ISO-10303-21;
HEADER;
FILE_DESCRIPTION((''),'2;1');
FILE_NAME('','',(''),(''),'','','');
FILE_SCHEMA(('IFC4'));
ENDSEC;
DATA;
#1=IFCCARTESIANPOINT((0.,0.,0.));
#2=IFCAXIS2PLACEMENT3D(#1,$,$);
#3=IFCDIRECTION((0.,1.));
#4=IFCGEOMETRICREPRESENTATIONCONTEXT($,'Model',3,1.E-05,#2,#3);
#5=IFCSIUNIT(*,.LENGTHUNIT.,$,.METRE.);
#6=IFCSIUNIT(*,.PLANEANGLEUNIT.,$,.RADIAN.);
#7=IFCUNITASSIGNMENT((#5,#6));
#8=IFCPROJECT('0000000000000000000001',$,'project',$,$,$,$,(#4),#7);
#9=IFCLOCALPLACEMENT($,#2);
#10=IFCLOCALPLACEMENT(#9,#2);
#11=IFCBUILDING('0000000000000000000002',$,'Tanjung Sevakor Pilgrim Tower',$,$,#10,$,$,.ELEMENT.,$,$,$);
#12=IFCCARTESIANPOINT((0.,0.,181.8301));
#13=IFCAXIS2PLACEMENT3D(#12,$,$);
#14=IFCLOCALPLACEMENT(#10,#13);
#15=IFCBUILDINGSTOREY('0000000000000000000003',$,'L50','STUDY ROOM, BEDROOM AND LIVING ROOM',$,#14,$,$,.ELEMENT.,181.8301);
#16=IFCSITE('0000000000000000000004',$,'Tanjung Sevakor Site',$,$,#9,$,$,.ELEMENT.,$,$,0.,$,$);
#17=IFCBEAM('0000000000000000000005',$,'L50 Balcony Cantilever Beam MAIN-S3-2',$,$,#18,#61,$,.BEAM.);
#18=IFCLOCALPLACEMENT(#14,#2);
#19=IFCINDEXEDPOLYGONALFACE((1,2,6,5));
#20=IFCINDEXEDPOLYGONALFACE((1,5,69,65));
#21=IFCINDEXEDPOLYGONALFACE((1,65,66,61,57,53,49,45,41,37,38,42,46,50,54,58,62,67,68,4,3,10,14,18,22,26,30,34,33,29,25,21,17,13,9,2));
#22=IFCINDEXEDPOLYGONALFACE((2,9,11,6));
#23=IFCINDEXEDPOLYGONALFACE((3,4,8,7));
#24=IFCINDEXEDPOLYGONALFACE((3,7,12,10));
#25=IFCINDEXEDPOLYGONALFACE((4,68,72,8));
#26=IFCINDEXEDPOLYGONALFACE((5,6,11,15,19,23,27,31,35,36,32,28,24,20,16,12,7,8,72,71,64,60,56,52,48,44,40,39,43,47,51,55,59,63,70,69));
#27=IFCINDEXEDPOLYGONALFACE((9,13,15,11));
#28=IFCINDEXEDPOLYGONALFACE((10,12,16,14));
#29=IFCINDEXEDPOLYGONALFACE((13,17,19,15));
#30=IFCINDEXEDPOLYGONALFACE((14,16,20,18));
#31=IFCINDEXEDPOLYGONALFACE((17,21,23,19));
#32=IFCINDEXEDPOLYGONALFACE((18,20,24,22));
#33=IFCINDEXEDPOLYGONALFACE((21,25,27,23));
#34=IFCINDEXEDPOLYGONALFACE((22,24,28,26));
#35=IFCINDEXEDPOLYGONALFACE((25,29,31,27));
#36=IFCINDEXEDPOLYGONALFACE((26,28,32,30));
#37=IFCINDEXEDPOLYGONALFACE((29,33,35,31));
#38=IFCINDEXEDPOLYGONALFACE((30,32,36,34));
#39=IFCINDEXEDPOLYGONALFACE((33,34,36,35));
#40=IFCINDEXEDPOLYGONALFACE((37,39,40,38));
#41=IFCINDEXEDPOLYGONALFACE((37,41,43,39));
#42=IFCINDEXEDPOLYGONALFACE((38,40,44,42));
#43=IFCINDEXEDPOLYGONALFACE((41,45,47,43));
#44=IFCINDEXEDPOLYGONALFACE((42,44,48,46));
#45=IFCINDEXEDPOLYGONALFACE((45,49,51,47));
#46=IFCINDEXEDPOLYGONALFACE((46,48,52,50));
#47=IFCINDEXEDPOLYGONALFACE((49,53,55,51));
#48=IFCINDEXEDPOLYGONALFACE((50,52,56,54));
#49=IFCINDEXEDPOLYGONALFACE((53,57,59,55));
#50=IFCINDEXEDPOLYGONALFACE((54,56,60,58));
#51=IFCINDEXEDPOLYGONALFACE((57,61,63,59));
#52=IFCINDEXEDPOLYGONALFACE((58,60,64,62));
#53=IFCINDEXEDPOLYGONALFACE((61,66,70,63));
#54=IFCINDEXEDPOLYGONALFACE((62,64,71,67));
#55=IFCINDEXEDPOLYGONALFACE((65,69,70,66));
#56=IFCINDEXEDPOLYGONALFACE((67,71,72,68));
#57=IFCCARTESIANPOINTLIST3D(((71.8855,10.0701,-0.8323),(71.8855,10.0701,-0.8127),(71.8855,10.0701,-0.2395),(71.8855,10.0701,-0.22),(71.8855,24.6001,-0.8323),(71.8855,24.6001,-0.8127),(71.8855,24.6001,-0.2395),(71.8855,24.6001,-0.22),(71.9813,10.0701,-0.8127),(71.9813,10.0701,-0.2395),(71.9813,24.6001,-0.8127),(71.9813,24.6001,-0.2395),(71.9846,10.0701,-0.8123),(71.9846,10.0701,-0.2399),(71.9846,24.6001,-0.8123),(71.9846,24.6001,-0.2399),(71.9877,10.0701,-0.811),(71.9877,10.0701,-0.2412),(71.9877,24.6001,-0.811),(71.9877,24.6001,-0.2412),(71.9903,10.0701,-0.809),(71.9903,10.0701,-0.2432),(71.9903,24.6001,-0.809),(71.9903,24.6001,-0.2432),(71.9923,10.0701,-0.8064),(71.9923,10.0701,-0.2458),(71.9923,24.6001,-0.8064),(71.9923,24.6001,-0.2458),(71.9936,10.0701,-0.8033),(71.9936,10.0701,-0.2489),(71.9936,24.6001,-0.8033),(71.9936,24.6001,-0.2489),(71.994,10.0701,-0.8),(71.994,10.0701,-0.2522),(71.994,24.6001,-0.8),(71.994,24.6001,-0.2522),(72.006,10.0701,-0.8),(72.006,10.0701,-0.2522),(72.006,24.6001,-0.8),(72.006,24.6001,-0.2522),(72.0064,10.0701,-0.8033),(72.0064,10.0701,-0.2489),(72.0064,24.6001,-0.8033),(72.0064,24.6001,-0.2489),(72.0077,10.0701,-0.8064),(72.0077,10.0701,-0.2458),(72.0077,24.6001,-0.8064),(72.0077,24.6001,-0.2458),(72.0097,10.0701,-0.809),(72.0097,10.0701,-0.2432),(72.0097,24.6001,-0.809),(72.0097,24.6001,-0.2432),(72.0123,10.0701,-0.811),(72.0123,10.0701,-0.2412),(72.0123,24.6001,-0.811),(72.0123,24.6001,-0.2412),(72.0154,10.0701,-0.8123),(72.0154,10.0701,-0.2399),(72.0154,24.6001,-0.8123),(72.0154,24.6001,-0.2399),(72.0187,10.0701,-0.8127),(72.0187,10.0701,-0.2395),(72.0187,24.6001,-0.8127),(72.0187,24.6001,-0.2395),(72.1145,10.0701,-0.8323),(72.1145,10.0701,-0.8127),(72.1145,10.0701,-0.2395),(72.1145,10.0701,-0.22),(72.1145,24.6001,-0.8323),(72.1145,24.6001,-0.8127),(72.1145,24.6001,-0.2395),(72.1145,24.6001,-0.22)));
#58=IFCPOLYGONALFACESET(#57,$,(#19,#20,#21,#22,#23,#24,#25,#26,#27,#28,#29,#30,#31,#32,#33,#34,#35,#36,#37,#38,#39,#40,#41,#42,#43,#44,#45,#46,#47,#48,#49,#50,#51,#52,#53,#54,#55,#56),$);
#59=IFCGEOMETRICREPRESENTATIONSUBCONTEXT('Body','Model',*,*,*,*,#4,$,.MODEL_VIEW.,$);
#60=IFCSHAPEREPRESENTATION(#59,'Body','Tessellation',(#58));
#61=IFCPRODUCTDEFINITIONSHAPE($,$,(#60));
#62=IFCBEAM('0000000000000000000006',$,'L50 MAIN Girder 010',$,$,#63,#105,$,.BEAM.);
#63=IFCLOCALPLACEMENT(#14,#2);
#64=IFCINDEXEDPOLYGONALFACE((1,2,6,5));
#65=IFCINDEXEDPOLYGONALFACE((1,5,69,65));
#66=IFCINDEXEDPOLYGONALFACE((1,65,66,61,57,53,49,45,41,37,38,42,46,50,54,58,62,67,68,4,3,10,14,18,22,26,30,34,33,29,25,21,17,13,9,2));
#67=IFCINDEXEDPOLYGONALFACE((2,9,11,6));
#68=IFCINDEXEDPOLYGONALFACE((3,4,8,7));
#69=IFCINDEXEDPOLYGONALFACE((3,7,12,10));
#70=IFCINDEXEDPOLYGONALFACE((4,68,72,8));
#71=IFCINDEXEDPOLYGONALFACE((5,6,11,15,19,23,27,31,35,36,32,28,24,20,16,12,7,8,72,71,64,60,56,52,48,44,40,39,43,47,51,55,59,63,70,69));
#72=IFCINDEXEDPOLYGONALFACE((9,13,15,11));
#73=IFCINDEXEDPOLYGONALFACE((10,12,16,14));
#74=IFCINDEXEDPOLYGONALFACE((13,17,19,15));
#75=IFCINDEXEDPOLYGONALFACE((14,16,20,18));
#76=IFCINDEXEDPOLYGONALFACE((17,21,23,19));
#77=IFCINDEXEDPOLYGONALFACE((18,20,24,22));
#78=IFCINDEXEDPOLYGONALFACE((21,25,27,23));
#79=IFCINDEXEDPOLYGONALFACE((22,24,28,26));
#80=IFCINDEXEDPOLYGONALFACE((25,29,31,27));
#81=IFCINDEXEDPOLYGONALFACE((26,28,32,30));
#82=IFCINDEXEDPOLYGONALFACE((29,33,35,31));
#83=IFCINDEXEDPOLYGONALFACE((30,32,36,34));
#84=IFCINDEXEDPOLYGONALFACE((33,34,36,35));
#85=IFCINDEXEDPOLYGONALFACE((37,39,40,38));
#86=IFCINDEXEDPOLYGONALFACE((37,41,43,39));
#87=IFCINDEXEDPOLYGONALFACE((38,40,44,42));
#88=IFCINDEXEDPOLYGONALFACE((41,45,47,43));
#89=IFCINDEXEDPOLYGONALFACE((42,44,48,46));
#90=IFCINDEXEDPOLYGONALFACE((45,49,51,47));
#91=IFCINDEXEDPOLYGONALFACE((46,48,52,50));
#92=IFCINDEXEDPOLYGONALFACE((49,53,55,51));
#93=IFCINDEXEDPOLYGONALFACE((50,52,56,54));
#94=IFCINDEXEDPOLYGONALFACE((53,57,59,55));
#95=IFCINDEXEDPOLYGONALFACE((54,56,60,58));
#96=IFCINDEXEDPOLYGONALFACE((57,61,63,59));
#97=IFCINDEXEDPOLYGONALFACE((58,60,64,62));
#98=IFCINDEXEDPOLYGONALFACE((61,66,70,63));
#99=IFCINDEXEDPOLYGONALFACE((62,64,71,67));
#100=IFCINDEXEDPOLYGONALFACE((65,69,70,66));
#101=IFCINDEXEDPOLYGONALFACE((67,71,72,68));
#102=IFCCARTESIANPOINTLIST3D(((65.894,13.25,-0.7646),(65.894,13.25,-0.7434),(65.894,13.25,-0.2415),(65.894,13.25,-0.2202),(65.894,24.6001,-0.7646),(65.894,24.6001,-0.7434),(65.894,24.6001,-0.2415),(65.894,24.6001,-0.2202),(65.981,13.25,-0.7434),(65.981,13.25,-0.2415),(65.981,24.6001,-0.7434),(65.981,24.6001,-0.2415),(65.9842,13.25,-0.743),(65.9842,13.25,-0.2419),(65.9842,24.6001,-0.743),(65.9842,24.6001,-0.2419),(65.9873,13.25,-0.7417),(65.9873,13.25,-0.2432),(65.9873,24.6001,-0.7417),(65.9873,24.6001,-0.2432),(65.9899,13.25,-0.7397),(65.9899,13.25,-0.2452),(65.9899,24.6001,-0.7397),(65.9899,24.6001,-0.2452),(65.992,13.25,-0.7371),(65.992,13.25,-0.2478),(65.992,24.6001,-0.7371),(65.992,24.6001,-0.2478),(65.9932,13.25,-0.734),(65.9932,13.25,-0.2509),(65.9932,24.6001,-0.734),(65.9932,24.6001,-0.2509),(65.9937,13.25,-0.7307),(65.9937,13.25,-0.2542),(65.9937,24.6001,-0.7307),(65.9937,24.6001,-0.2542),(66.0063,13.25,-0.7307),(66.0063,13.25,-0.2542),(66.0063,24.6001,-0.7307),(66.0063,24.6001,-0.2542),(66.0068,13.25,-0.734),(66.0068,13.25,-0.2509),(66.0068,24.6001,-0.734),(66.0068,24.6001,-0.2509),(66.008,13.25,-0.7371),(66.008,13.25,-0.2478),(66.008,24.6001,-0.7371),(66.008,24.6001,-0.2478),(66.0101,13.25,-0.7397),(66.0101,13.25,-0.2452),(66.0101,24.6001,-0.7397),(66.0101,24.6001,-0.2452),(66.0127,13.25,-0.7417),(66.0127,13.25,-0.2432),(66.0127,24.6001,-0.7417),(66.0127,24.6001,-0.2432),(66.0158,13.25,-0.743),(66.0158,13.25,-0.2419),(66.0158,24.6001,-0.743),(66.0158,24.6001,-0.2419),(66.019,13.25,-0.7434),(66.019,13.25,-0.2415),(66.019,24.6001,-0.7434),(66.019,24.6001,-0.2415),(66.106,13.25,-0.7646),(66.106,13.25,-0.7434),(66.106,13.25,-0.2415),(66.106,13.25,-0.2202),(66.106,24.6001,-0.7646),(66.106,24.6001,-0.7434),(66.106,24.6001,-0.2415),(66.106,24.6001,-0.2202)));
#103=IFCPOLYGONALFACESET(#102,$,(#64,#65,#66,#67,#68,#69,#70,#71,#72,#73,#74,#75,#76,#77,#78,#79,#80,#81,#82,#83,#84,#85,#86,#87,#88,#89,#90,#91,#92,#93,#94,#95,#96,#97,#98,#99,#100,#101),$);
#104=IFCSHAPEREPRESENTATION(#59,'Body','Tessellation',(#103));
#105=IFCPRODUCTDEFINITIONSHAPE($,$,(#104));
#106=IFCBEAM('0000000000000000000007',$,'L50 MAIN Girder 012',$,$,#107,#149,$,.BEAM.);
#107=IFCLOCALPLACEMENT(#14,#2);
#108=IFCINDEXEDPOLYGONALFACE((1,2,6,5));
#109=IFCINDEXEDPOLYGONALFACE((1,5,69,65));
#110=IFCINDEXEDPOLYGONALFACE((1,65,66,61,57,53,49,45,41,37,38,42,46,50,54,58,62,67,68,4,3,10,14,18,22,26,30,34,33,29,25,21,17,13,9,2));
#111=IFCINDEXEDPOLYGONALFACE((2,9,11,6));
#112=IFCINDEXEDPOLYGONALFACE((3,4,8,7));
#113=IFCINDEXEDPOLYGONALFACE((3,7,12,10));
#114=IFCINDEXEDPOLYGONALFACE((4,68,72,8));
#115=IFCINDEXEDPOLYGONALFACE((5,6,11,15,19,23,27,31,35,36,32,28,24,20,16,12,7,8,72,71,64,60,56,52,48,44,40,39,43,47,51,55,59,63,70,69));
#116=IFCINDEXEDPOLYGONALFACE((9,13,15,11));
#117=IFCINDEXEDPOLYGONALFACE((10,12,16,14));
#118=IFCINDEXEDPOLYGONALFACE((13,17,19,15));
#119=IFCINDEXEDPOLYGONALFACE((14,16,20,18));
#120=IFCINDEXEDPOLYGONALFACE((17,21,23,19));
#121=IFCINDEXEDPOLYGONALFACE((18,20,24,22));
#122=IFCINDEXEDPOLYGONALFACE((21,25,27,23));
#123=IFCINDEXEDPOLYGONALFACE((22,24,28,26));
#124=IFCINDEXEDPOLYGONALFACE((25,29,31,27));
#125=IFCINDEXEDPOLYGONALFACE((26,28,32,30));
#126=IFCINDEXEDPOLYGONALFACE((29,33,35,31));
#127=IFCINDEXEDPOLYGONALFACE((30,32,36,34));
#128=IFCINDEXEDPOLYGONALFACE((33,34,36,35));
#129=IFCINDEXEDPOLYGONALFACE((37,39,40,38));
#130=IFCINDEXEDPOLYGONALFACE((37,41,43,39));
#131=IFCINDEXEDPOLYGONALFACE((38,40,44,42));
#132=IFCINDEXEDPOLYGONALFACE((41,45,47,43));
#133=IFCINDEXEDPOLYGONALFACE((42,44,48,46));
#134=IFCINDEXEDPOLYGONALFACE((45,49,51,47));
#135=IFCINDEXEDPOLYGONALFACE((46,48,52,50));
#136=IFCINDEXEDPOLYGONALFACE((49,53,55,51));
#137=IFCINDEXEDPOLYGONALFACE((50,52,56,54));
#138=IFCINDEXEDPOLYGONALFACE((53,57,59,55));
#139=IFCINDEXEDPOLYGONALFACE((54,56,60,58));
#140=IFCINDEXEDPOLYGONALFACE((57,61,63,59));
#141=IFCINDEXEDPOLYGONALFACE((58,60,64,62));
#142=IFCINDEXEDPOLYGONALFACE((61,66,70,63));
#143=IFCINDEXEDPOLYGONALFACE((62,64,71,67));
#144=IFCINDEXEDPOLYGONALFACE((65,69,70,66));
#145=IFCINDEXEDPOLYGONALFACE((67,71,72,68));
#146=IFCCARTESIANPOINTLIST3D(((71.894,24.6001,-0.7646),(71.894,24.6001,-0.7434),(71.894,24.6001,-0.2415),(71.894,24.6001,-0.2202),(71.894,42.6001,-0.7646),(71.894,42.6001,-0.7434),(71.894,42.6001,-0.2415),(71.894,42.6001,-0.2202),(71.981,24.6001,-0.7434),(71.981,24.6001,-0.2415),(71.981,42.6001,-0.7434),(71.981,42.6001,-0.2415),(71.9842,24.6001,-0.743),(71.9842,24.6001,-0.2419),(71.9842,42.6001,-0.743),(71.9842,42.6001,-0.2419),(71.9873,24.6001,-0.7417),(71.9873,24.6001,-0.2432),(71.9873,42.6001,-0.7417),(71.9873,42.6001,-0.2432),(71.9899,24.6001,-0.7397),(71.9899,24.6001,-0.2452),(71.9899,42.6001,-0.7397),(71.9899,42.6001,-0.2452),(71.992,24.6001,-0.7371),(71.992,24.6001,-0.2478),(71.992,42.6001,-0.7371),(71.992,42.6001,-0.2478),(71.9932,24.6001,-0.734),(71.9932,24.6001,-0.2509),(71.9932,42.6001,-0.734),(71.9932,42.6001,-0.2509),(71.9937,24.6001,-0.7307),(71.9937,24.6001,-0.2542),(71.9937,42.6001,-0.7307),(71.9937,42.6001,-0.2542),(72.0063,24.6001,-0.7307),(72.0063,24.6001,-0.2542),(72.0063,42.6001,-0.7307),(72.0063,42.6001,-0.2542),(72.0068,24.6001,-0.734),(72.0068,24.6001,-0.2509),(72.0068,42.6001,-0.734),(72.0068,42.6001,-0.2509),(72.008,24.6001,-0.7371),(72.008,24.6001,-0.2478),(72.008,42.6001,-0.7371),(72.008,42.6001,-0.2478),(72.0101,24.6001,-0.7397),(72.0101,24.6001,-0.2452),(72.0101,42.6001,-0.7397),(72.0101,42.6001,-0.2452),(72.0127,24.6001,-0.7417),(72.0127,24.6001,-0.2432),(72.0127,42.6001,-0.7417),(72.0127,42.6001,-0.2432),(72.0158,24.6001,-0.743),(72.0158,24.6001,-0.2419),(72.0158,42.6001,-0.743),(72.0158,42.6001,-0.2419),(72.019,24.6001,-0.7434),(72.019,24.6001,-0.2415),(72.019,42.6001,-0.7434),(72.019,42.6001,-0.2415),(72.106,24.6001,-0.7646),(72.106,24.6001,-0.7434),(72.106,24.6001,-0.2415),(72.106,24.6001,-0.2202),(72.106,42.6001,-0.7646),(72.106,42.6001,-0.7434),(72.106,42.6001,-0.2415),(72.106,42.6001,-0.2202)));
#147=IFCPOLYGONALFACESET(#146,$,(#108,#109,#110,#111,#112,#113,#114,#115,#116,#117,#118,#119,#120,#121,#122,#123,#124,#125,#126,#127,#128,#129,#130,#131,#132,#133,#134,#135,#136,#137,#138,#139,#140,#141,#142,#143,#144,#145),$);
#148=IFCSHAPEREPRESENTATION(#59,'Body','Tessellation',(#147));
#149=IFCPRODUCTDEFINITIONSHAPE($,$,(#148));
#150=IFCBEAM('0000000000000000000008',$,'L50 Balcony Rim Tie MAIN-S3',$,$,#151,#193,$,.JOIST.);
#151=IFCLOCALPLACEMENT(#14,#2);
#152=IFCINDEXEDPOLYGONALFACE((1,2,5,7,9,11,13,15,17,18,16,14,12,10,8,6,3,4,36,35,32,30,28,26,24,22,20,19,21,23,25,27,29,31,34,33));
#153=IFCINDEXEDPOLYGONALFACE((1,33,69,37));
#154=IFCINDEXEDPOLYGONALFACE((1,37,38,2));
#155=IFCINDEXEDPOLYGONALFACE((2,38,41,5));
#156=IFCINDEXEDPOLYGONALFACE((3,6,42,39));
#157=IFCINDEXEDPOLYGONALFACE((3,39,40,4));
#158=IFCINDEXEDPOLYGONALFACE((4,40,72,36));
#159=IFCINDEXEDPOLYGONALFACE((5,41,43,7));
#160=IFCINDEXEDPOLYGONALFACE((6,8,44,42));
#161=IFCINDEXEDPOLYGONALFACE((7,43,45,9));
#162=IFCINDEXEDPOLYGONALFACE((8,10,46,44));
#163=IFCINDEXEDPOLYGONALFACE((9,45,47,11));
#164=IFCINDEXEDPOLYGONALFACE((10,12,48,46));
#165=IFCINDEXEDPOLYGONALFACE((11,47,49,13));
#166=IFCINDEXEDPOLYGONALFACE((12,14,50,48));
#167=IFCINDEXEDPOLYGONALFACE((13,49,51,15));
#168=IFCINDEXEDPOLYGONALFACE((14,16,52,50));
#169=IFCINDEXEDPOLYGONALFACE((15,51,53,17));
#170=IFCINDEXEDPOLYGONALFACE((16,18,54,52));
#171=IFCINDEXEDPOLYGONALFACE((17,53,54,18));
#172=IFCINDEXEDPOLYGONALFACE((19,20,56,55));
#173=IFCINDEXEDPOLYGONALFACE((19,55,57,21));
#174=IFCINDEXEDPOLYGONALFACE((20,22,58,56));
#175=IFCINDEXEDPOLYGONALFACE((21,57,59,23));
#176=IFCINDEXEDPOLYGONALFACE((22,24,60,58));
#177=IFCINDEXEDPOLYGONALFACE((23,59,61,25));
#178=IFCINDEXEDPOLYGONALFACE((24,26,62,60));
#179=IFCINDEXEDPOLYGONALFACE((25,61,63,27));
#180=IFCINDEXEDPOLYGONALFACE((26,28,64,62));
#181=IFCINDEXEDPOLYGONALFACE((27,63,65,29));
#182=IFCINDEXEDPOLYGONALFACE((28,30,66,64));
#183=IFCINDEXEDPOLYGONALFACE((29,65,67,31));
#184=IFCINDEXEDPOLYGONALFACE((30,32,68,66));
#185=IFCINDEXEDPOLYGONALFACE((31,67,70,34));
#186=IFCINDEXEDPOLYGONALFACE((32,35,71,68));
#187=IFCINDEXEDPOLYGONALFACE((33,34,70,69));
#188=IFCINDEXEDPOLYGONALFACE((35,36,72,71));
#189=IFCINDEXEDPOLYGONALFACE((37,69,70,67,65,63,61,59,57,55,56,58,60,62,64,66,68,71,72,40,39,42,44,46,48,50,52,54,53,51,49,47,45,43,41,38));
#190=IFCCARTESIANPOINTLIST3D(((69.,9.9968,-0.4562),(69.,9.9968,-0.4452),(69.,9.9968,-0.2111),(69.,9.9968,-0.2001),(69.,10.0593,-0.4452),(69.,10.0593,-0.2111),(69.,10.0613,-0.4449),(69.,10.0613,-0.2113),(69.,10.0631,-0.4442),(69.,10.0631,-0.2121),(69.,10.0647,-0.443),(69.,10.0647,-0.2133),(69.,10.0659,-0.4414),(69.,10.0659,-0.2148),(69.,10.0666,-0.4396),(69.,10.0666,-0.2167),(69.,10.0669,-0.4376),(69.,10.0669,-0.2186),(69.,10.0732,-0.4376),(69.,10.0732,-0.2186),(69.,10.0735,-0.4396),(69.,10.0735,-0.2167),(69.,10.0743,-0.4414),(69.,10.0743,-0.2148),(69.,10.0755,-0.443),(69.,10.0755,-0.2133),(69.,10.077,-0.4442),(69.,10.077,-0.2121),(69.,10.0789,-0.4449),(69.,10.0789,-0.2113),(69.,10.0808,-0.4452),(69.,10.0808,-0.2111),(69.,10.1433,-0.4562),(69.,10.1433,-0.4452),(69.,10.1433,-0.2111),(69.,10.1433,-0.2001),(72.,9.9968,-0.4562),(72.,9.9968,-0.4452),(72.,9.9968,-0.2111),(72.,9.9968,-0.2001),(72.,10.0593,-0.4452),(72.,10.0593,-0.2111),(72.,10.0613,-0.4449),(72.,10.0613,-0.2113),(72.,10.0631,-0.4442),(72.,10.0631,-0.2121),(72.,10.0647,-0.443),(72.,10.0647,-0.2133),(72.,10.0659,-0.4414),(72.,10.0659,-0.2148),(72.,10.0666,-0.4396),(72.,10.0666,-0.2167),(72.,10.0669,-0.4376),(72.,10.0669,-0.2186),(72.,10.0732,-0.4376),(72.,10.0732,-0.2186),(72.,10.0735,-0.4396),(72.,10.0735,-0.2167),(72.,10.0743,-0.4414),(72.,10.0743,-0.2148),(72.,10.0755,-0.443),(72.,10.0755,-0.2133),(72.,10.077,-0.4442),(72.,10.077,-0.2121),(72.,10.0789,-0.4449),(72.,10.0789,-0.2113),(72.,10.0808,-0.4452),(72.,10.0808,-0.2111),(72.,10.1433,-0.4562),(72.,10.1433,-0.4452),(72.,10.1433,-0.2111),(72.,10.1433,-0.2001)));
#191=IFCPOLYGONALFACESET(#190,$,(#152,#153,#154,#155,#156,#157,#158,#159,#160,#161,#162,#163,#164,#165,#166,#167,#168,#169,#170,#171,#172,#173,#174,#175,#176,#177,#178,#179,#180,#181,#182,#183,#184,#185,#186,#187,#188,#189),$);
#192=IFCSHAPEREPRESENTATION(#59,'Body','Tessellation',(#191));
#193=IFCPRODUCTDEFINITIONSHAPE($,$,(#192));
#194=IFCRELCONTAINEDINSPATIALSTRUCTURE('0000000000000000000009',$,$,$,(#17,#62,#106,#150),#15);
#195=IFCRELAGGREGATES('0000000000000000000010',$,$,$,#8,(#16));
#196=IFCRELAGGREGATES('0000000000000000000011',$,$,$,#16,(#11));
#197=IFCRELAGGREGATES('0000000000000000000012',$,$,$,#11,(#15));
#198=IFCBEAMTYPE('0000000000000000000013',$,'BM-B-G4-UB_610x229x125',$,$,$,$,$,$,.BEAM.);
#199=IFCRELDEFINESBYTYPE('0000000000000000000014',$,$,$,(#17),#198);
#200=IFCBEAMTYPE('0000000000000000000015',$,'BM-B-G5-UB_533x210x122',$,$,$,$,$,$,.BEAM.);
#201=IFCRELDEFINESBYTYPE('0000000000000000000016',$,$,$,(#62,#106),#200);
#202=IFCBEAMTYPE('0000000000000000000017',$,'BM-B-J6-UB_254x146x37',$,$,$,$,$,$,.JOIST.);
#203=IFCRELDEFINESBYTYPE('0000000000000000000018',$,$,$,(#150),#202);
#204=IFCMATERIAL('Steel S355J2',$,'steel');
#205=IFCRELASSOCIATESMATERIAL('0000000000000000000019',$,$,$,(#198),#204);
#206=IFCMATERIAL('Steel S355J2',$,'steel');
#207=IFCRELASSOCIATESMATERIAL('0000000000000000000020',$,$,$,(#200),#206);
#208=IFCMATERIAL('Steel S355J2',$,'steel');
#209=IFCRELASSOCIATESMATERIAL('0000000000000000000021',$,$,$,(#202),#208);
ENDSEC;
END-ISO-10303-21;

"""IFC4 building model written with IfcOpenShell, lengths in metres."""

from ifc_helpers import new_model, si_unit, direction, frame, origin, origin_2d, place, context, subcontext, project, spatial, i_section, extrude, material, material_profile, profile_set, type_object, element, save


model = new_model("IFC4")

# Units and contexts
model_context = context("Model", 3, precision=1e-05, world=origin(), true_north=direction((0.0, 1.0)))
body_context = subcontext(model_context, "Body", "Model", "MODEL_VIEW")
ifc_project = project(units=[si_unit("LENGTHUNIT", "METRE"), si_unit("PLANEANGLEUNIT", "RADIAN")], contexts=[model_context])

# Site, building, storey
site_placement = place(None, origin())
site = spatial("IfcSite", under=ifc_project, at=site_placement, Name="Tanjung Sevakor Site", CompositionType="ELEMENT", RefElevation=0.0)
building_placement = place(site_placement, origin())
building = spatial("IfcBuilding", under=site, at=building_placement, Name="Tanjung Sevakor Pilgrim Tower", CompositionType="ELEMENT")
storey_placement = place(building_placement, frame((0.0, 0.0, 181.8301)))
storey = spatial("IfcBuildingStorey", under=building, at=storey_placement, Name="L50", Description="STUDY ROOM, BEDROOM AND LIVING ROOM", CompositionType="ELEMENT", Elevation=181.8301)

# Beams
ifc_material_1 = material(Name="Steel S355J2", Category="steel")
ifc_material_profile_1 = material_profile(ifc_material_1, i_section(OverallWidth=0.229, OverallDepth=0.6123, WebThickness=0.012, FlangeThickness=0.0195, FilletRadius=0.0127, at=origin_2d()))
ifc_profile_set_1 = profile_set([ifc_material_profile_1], Name="Steel S355J2")
beam_type_1 = type_object("IfcBeamType", Name="BM-B-G4-UB_610x229x125", PredefinedType="BEAM", material=ifc_profile_set_1)
beam_1_placement = place(storey_placement, frame((72.0, 24.6001, -0.5261), z_axis=(0.0, -1.0, 0.0), x_axis=(1.0, 0.0, 0.0)))
element("IfcBeam", 1, at=beam_1_placement, inside=storey, type_object=beam_type_1, Name="L50 Balcony Cantilever Beam MAIN-S3-2", PredefinedType="BEAM", context=body_context, shape_type="SweptSolid", body=[
    extrude(i_section(OverallWidth=0.229, OverallDepth=0.6123, WebThickness=0.012, FlangeThickness=0.0195, FilletRadius=0.0127, at=origin_2d()), origin(), (0.0, 0.0, 1.0), 14.53),
])
ifc_material_2 = material(Name="Steel S355J2", Category="steel")
ifc_material_profile_2 = material_profile(ifc_material_2, i_section(OverallWidth=0.2119, OverallDepth=0.5444, WebThickness=0.0127, FlangeThickness=0.0212, FilletRadius=0.0127, at=origin_2d()))
ifc_profile_set_2 = profile_set([ifc_material_profile_2], Name="Steel S355J2")
beam_type_2 = type_object("IfcBeamType", Name="BM-B-G5-UB_533x210x122", PredefinedType="BEAM", material=ifc_profile_set_2)
beam_2_placement = place(storey_placement, frame((66.0, 13.25, -0.4924), z_axis=(0.0, 1.0, 0.0), x_axis=(-1.0, 0.0, 0.0)))
element("IfcBeam", 2, at=beam_2_placement, inside=storey, type_object=beam_type_2, Name="L50 MAIN Girder 010", PredefinedType="BEAM", context=body_context, shape_type="SweptSolid", body=[
    extrude(i_section(OverallWidth=0.2119, OverallDepth=0.5444, WebThickness=0.0127, FlangeThickness=0.0212, FilletRadius=0.0127, at=origin_2d()), origin(), (0.0, 0.0, 1.0), 11.3501),
])
beam_3_placement = place(storey_placement, frame((72.0, 24.6001, -0.4924), z_axis=(0.0, 1.0, 0.0), x_axis=(-1.0, 0.0, 0.0)))
element("IfcBeam", 3, at=beam_3_placement, inside=storey, type_object=beam_type_2, Name="L50 MAIN Girder 012", PredefinedType="BEAM", context=body_context, shape_type="SweptSolid", body=[
    extrude(i_section(OverallWidth=0.2119, OverallDepth=0.5444, WebThickness=0.0127, FlangeThickness=0.0212, FilletRadius=0.0127, at=origin_2d()), origin(), (0.0, 0.0, 1.0), 18.0),
])
ifc_material_3 = material(Name="Steel S355J2", Category="steel")
ifc_material_profile_3 = material_profile(ifc_material_3, i_section(OverallWidth=0.1465, OverallDepth=0.2561, WebThickness=0.0063, FlangeThickness=0.011, FilletRadius=0.0076, at=origin_2d()))
ifc_profile_set_3 = profile_set([ifc_material_profile_3], Name="Steel S355J2")
beam_type_3 = type_object("IfcBeamType", Name="BM-B-J6-UB_254x146x37", PredefinedType="JOIST", material=ifc_profile_set_3)
beam_4_placement = place(storey_placement, frame((69.0, 10.0701, -0.3281), z_axis=(1.0, 0.0, 0.0), x_axis=(0.0, 1.0, 0.0)))
element("IfcBeam", 4, at=beam_4_placement, inside=storey, type_object=beam_type_3, Name="L50 Balcony Rim Tie MAIN-S3", PredefinedType="JOIST", context=body_context, shape_type="SweptSolid", body=[
    extrude(i_section(OverallWidth=0.1465, OverallDepth=0.2561, WebThickness=0.0063, FlangeThickness=0.011, FilletRadius=0.0076, at=origin_2d()), origin(), (0.0, 0.0, 1.0), 3.0),
])

save(model, "model.ifc")
